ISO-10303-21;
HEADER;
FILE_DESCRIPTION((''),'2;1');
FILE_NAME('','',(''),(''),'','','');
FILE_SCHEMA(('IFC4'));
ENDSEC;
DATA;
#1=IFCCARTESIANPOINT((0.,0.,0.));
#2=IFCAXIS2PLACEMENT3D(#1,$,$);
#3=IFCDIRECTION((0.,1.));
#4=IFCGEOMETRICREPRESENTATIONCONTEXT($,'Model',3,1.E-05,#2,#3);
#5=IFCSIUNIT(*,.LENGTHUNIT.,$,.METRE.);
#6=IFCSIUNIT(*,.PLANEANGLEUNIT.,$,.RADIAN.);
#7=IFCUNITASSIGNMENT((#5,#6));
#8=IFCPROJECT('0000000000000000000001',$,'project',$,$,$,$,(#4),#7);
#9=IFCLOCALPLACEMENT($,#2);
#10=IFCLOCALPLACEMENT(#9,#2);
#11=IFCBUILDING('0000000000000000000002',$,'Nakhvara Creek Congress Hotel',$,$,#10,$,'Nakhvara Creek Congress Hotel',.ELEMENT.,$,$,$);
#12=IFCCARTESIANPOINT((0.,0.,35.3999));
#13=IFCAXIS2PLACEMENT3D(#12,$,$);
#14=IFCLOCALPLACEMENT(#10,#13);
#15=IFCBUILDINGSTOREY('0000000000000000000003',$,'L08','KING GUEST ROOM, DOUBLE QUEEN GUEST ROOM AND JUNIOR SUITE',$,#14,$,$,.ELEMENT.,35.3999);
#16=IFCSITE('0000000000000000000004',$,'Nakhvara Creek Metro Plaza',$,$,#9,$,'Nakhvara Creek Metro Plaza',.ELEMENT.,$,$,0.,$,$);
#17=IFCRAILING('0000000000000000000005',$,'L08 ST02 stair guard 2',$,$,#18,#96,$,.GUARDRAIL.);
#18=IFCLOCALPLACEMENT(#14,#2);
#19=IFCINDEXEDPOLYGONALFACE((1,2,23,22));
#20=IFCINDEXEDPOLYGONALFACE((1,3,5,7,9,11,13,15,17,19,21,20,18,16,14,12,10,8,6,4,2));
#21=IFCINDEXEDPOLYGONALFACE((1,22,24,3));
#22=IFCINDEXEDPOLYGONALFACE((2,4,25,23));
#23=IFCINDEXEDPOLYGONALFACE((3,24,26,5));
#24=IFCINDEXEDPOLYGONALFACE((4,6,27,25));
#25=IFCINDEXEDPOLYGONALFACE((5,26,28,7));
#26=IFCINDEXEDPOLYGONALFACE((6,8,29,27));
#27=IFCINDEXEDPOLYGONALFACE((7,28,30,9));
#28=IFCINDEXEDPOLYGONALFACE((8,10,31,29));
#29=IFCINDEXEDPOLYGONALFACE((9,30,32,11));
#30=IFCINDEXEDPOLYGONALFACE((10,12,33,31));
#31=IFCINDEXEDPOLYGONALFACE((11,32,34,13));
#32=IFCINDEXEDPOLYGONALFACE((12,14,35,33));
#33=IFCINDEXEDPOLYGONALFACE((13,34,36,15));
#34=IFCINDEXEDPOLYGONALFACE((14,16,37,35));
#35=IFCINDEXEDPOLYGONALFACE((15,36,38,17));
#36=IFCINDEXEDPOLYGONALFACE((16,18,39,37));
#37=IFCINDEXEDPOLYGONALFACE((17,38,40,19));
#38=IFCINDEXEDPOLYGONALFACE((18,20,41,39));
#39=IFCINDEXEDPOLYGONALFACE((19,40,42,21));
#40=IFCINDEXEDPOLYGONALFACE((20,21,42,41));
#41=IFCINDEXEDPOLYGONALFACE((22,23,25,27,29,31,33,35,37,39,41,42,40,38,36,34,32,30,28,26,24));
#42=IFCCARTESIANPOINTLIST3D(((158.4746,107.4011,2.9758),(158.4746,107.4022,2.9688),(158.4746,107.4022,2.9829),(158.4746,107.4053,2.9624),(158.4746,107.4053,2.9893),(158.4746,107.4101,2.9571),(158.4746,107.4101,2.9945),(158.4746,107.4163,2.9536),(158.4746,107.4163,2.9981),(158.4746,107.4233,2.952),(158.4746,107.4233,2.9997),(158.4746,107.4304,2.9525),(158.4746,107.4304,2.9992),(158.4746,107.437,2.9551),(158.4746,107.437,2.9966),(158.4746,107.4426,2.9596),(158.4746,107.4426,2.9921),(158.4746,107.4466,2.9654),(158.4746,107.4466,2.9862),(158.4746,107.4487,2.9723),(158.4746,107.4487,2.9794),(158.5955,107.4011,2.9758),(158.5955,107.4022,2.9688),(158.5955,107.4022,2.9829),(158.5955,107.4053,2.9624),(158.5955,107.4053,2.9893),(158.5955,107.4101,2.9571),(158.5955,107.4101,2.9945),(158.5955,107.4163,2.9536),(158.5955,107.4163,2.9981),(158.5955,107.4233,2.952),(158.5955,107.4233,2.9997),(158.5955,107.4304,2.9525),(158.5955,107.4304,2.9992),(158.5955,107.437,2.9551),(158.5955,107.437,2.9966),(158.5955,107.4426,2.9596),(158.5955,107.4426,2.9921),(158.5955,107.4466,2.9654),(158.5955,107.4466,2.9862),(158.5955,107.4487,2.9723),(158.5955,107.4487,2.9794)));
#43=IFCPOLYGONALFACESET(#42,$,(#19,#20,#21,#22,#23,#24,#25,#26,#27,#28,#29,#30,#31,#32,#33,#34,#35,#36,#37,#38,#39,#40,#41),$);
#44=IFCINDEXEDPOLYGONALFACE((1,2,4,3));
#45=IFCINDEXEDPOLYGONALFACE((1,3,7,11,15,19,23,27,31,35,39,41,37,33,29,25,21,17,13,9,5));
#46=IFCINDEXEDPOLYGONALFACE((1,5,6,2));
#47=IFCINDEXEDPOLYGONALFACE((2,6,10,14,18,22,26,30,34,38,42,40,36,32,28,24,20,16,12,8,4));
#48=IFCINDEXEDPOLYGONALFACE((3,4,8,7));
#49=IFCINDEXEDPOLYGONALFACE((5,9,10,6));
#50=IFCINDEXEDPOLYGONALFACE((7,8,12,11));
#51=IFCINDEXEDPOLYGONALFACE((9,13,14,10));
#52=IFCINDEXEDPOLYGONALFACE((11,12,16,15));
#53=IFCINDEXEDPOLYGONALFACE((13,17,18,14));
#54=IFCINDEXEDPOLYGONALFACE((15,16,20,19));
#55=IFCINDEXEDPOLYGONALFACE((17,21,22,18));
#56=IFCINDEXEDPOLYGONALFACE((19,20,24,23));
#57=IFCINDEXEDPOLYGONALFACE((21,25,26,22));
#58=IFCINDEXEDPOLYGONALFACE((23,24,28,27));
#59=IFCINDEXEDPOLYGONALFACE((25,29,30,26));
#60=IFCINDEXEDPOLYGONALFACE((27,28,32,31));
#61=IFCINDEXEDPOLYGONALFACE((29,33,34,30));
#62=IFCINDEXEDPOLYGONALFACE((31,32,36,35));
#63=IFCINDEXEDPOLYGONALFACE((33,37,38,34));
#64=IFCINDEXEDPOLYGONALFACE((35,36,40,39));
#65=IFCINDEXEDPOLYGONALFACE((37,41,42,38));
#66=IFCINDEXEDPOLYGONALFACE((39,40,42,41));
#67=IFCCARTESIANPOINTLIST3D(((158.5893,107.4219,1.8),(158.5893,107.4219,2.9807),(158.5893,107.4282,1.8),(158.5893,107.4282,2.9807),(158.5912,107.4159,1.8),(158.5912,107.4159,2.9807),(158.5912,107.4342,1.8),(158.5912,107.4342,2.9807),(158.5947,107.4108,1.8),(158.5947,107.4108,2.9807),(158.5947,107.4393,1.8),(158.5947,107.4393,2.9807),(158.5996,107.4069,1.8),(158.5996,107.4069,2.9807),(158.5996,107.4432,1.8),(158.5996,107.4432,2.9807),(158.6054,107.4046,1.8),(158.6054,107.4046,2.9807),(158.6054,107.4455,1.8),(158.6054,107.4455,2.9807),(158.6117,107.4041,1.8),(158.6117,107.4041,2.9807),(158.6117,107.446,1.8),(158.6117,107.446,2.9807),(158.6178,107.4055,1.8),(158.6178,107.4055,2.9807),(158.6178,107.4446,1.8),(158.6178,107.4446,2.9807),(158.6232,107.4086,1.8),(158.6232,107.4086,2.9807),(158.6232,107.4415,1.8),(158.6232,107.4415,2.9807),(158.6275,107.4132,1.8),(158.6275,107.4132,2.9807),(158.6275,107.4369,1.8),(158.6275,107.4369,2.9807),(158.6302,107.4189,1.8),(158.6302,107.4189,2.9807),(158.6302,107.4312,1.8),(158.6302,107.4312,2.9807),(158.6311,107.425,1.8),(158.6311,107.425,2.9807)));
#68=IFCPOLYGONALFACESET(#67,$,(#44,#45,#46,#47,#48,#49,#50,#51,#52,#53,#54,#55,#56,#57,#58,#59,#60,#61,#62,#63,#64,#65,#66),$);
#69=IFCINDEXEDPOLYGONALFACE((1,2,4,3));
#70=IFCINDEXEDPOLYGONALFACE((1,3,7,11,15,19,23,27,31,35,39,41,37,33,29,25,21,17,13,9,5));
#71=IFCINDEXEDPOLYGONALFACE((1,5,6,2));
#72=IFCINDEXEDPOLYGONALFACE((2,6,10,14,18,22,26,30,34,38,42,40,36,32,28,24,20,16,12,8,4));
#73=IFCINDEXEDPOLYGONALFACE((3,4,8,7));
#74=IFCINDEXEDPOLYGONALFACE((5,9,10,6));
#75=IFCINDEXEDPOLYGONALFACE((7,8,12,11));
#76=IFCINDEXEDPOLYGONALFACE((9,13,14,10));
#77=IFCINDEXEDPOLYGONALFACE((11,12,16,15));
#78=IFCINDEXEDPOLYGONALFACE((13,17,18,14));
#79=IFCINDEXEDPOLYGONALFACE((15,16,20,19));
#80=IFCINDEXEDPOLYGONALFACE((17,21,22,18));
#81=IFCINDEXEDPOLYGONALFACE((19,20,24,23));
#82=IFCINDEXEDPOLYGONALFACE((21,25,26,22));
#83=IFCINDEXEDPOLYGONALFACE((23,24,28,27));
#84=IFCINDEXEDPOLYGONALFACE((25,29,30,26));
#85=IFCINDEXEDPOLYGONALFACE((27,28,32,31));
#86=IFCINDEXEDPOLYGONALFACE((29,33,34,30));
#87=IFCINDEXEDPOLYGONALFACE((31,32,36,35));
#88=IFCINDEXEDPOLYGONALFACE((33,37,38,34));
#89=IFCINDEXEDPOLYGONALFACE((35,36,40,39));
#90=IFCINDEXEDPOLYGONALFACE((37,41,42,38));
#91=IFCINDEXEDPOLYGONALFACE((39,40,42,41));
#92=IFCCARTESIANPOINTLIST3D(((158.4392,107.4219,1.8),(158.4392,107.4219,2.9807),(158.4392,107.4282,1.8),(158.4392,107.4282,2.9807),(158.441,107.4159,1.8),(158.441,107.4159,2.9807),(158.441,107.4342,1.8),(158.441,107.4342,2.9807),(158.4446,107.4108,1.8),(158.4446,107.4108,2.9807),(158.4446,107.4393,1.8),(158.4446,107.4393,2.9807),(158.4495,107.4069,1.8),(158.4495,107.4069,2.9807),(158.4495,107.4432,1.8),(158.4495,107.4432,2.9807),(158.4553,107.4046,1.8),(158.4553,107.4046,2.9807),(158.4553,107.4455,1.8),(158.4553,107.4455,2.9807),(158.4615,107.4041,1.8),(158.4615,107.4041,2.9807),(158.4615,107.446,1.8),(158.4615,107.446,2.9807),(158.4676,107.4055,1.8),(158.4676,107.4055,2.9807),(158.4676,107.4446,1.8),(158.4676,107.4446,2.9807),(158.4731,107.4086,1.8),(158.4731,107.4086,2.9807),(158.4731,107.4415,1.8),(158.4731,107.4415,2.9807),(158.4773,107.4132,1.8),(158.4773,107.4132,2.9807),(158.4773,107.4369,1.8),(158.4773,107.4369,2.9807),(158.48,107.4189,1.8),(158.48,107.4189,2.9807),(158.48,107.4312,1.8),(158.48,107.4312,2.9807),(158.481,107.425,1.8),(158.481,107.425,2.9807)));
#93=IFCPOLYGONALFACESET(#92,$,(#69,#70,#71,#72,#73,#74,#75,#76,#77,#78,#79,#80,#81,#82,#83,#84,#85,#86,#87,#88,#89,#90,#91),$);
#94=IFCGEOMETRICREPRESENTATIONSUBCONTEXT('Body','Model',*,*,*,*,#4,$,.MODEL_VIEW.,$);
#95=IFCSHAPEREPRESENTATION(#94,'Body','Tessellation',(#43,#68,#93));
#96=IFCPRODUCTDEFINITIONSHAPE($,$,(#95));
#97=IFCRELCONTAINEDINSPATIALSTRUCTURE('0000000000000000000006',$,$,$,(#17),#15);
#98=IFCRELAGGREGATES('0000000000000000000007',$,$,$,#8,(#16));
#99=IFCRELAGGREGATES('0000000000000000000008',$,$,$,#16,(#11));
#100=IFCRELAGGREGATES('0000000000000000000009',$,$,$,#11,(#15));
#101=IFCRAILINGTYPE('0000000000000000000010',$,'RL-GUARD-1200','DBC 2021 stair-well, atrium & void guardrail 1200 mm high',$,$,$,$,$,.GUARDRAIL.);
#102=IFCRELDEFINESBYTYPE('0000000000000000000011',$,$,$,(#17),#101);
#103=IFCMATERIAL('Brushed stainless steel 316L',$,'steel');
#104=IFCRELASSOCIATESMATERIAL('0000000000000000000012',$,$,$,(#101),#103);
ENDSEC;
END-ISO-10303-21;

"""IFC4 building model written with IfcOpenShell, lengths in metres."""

from ifc_helpers import new_model, si_unit, direction, frame, origin, origin_2d, place, context, subcontext, project, spatial, circle, extrude, material, type_object, element, save


model = new_model("IFC4")

# Units and contexts
model_context = context("Model", 3, precision=1e-05, world=origin(), true_north=direction((0.0, 1.0)))
body_context = subcontext(model_context, "Body", "Model", "MODEL_VIEW")
ifc_project = project(units=[si_unit("LENGTHUNIT", "METRE"), si_unit("PLANEANGLEUNIT", "RADIAN")], contexts=[model_context])

# Site, building, storey
site_placement = place(None, origin())
site = spatial("IfcSite", under=ifc_project, at=site_placement, Name="Nakhvara Creek Metro Plaza", LongName="Nakhvara Creek Metro Plaza", CompositionType="ELEMENT", RefElevation=0.0)
building_placement = place(site_placement, origin())
building = spatial("IfcBuilding", under=site, at=building_placement, Name="Nakhvara Creek Congress Hotel", LongName="Nakhvara Creek Congress Hotel", CompositionType="ELEMENT")
storey_placement = place(building_placement, frame((0.0, 0.0, 35.3999)))
storey = spatial("IfcBuildingStorey", under=building, at=storey_placement, Name="L08", Description="KING GUEST ROOM, DOUBLE QUEEN GUEST ROOM AND JUNIOR SUITE", CompositionType="ELEMENT", Elevation=35.3999)

# Railing
ifc_material_1 = material(Name="Brushed stainless steel 316L", Category="steel")
railing_type_1 = type_object("IfcRailingType", Name="RL-GUARD-1200", Description="DBC 2021 stair-well, atrium & void guardrail 1200 mm high", PredefinedType="GUARDRAIL", material=ifc_material_1)
railing_1_placement = place(storey_placement, frame((158.6101, 107.425, 1.8)))
element("IfcRailing", 1, at=railing_1_placement, inside=storey, type_object=railing_type_1, Name="L08 ST02 stair guard 2", PredefinedType="GUARDRAIL", context=body_context, shape_type="SweptSolid", body=[
    extrude(circle(Radius=0.0239, at=origin_2d()), frame((-0.0146, 0.0, 1.1758), z_axis=(-1.0, 0.0, 0.0), x_axis=(0.0, -1.0, 0.0)), (0.0, 0.0, 1.0), 0.1208),
    extrude(circle(Radius=0.021, at=origin_2d()), origin(), (0.0, 0.0, 1.0), 1.1807),
    extrude(circle(Radius=0.021, at=origin_2d()), frame((-0.1501, 0.0, 0.0)), (0.0, 0.0, 1.0), 1.1807),
])

save(model, "model.ifc")
